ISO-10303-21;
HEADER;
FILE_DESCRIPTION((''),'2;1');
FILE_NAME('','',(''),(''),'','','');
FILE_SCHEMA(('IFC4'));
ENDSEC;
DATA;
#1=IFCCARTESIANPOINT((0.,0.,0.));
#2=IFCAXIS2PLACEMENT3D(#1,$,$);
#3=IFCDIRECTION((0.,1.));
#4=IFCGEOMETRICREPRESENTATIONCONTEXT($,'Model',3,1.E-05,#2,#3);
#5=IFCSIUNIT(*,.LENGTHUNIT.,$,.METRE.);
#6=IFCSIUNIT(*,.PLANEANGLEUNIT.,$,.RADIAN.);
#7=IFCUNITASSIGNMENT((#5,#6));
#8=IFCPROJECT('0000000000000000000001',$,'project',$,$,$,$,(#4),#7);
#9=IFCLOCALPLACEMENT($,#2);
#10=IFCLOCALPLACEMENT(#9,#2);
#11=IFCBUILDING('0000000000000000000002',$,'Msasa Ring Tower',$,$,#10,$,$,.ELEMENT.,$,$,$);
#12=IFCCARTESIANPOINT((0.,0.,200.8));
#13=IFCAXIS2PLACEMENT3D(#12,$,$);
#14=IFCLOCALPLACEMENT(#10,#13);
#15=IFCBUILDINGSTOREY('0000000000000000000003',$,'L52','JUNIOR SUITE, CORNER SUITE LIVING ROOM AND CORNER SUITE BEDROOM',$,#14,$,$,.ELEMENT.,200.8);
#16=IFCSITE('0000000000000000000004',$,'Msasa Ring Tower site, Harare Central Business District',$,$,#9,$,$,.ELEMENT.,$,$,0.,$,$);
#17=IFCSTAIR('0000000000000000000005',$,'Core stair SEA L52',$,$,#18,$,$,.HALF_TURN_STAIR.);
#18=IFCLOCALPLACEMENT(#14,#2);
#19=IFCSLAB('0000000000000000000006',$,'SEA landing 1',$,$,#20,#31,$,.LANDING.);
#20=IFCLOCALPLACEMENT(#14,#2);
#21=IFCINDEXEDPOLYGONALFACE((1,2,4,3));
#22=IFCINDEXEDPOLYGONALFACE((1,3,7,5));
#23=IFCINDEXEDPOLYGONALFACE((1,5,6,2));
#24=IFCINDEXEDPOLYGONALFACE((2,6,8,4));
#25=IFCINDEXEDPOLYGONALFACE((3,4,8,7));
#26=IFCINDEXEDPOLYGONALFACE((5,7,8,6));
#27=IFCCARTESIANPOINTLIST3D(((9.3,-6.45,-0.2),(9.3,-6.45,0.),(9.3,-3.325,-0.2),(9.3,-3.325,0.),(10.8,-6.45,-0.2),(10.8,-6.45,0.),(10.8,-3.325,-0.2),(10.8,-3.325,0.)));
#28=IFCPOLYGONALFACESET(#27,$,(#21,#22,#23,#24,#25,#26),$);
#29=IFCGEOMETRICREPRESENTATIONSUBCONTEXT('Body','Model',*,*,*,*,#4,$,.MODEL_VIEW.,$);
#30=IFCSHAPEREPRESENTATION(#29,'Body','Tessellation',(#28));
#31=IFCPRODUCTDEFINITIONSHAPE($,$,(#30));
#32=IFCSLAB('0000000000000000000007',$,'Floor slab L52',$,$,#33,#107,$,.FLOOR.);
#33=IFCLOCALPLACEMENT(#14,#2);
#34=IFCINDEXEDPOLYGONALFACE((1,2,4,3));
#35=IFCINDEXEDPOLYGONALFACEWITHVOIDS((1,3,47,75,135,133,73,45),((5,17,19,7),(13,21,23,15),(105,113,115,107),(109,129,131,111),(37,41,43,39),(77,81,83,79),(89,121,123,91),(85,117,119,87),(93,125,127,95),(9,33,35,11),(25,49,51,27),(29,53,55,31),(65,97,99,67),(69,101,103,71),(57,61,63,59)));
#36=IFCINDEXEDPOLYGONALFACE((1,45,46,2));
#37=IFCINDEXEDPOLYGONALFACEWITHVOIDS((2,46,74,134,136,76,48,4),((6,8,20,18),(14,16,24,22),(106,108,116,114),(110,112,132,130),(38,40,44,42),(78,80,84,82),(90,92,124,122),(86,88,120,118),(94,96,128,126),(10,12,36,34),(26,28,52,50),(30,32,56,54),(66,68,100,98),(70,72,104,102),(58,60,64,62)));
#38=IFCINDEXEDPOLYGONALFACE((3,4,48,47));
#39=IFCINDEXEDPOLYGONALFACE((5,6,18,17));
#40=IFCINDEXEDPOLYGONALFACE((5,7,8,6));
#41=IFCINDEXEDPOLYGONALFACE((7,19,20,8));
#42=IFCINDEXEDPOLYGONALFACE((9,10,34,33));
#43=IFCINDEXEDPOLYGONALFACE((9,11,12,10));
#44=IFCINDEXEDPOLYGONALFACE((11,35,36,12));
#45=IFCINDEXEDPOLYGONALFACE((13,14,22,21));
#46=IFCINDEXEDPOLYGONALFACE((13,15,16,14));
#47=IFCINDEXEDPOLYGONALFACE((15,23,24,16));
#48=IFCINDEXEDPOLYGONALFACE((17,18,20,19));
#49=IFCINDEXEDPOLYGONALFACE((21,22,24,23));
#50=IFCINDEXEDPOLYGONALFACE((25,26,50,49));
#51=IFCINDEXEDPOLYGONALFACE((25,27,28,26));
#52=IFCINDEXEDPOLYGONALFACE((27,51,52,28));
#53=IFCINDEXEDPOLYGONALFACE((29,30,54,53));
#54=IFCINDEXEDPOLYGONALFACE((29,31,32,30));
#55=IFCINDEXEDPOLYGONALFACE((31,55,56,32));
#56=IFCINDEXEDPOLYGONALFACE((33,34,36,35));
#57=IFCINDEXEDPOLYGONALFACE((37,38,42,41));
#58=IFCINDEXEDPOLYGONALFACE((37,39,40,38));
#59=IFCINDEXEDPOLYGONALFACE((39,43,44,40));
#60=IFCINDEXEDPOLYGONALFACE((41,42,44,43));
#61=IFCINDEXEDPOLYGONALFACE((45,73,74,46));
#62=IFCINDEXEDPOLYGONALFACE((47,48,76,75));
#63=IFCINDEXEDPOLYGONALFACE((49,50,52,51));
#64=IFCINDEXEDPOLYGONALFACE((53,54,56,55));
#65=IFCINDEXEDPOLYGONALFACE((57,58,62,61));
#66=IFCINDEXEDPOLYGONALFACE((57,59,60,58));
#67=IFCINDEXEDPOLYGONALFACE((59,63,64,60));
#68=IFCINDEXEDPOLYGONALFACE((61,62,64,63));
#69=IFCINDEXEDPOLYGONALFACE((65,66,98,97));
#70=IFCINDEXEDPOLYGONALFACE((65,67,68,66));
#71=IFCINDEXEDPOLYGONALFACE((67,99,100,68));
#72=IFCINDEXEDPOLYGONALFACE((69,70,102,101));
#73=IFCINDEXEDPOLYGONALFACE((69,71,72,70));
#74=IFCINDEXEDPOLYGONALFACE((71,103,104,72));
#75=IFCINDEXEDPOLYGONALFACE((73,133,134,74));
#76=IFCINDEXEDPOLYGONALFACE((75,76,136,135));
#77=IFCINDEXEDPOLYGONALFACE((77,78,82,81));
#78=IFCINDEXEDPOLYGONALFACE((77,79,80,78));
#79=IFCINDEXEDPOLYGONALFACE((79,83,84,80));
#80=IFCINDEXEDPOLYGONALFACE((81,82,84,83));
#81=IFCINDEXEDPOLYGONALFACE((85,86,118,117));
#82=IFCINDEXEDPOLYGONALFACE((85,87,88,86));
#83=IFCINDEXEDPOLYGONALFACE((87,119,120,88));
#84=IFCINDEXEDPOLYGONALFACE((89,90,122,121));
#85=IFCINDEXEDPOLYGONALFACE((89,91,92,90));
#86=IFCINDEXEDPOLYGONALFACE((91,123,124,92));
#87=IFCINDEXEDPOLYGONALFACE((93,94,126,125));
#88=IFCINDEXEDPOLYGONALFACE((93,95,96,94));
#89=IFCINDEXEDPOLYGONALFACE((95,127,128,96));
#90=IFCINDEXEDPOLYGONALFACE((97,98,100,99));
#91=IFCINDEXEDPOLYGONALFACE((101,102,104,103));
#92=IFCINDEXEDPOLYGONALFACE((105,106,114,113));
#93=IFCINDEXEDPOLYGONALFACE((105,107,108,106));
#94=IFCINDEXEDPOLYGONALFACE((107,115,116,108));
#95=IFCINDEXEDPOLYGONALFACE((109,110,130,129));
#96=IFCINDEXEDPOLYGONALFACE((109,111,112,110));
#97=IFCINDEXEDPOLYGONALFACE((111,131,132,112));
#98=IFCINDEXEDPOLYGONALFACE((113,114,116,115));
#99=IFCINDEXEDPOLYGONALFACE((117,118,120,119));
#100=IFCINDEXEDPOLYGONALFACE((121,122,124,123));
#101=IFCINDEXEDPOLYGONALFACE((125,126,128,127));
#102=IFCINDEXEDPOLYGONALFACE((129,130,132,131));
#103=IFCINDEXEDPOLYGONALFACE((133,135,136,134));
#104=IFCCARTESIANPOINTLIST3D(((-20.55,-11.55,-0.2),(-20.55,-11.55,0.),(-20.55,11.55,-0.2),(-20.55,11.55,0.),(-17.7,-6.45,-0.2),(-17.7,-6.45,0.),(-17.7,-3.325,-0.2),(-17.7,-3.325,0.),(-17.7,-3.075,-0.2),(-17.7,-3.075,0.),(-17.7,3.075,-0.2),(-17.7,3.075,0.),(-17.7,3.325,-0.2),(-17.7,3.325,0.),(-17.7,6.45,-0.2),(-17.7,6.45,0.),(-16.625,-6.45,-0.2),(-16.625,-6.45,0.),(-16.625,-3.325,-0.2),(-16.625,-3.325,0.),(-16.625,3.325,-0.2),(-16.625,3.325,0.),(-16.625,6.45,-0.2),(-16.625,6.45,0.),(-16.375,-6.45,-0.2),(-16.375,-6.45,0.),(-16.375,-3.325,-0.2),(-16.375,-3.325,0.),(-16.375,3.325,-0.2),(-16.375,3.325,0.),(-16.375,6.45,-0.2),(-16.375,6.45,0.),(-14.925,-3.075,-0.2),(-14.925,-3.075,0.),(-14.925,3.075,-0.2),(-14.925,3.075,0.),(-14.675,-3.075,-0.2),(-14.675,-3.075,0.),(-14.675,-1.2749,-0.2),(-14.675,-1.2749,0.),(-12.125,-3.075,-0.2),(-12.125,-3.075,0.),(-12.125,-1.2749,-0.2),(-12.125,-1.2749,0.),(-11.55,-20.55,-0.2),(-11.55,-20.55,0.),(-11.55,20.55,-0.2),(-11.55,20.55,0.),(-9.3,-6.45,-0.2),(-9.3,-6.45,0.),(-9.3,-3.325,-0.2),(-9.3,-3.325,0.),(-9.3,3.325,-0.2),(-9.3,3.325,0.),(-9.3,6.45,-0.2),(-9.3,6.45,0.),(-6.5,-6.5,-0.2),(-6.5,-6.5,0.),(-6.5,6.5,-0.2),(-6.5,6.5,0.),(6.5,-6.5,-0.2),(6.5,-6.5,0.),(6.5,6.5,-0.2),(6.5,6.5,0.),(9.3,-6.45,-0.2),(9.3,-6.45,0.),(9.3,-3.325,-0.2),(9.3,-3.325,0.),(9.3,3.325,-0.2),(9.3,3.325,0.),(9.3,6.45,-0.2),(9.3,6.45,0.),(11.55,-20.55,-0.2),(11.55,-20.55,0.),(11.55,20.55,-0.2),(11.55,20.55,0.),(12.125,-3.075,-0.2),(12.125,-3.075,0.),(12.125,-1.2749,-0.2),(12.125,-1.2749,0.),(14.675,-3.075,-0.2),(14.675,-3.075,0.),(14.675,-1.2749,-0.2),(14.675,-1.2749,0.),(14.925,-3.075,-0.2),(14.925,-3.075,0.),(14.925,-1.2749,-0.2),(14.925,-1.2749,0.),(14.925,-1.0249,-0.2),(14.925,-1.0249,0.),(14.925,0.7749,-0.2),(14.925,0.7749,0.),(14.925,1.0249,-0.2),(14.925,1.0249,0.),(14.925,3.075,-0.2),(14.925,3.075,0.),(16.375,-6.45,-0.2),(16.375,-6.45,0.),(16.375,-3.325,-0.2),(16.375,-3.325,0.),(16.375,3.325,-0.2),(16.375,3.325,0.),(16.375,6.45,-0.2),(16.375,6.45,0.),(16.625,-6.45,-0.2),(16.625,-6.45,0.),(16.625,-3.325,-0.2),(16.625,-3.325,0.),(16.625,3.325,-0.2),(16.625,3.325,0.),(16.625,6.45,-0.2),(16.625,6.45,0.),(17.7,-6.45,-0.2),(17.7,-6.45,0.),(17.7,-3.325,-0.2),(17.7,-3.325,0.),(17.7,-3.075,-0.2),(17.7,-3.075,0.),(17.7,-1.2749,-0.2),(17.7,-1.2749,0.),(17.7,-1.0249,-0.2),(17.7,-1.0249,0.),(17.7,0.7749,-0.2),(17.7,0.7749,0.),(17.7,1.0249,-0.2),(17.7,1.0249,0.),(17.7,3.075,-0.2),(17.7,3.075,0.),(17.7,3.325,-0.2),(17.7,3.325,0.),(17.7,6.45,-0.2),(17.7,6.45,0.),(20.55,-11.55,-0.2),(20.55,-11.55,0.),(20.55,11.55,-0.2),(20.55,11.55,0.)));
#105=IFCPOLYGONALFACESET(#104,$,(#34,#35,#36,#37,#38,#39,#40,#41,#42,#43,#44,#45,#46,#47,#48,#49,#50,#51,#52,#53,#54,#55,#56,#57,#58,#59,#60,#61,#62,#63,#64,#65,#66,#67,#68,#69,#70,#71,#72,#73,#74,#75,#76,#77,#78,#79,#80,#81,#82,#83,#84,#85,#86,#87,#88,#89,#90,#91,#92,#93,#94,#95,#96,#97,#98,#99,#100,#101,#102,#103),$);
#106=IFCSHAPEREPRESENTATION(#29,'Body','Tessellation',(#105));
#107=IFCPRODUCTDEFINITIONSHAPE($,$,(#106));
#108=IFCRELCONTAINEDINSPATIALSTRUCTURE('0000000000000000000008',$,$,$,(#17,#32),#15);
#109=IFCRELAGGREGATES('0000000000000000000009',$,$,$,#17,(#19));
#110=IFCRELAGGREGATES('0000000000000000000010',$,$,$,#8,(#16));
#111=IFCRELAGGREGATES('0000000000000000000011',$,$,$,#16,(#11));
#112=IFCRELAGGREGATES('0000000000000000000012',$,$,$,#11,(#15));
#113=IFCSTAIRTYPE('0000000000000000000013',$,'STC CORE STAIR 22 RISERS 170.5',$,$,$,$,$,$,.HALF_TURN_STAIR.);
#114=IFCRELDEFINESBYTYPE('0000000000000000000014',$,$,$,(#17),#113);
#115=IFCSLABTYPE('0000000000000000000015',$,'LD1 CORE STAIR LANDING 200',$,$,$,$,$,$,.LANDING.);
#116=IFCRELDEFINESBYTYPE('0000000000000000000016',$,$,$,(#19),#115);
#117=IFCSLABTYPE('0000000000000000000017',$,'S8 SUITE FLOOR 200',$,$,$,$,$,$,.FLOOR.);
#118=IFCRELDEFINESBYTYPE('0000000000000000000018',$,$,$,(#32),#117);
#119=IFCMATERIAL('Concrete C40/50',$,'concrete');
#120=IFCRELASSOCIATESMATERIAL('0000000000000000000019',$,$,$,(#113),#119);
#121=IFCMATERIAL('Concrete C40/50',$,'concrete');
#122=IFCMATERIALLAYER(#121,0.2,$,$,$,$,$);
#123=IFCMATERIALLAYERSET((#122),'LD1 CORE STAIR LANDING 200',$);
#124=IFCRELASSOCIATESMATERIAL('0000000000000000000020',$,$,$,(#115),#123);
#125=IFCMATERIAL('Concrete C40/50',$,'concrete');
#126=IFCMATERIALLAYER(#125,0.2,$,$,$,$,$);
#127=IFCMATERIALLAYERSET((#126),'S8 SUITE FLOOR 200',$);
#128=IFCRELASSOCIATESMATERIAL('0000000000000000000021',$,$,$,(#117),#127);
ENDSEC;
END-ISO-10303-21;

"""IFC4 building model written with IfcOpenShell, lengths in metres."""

from ifc_helpers import new_model, si_unit, direction, frame, origin, place, context, subcontext, project, spatial, polyline, outline, extrude, material, layer, layer_set, type_object, element, aggregate, save


model = new_model("IFC4")

# Units and contexts
model_context = context("Model", 3, precision=1e-05, world=origin(), true_north=direction((0.0, 1.0)))
body_context = subcontext(model_context, "Body", "Model", "MODEL_VIEW")
ifc_project = project(units=[si_unit("LENGTHUNIT", "METRE"), si_unit("PLANEANGLEUNIT", "RADIAN")], contexts=[model_context])

# Site, building, storey
site_placement = place(None, origin())
site = spatial("IfcSite", under=ifc_project, at=site_placement, Name="Msasa Ring Tower site, Harare Central Business District", CompositionType="ELEMENT", RefElevation=0.0)
building_placement = place(site_placement, origin())
building = spatial("IfcBuilding", under=site, at=building_placement, Name="Msasa Ring Tower", CompositionType="ELEMENT")
storey_placement = place(building_placement, frame((0.0, 0.0, 200.8)))
storey = spatial("IfcBuildingStorey", under=building, at=storey_placement, Name="L52", Description="JUNIOR SUITE, CORNER SUITE LIVING ROOM AND CORNER SUITE BEDROOM", CompositionType="ELEMENT", Elevation=200.8)

# Stair, slab
ifc_material_1 = material(Name="Concrete C40/50", Category="concrete")
stair_type = type_object("IfcStairType", Name="STC CORE STAIR 22 RISERS 170.5", PredefinedType="HALF_TURN_STAIR", material=ifc_material_1)
stair_placement = place(storey_placement, origin())
stair = element("IfcStair", 1, at=stair_placement, inside=storey, type_object=stair_type, Name="Core stair SEA L52", PredefinedType="HALF_TURN_STAIR")
ifc_material_2 = material(Name="Concrete C40/50", Category="concrete")
ifc_layer_1 = layer(ifc_material_2, 0.2)
ifc_layer_set_1 = layer_set([ifc_layer_1], Name="LD1 CORE STAIR LANDING 200")
slab_type_1 = type_object("IfcSlabType", Name="LD1 CORE STAIR LANDING 200", PredefinedType="LANDING", material=ifc_layer_set_1)
slab_1_placement = place(storey_placement, frame((0.0, 0.0, -0.2)))
slab_1 = element("IfcSlab", 2, at=slab_1_placement, type_object=slab_type_1, Name="SEA landing 1", PredefinedType="LANDING", context=body_context, shape_type="SweptSolid", body=[
    extrude(outline(polyline([(9.3, -6.45), (10.8, -6.45), (10.8, -3.325), (9.3, -3.325), (9.3, -6.45)])), origin(), (0.0, 0.0, 1.0), 0.2),
])
aggregate(stair, [slab_1])

# Slab
ifc_material_3 = material(Name="Concrete C40/50", Category="concrete")
ifc_layer_2 = layer(ifc_material_3, 0.2)
ifc_layer_set_2 = layer_set([ifc_layer_2], Name="S8 SUITE FLOOR 200")
slab_type_2 = type_object("IfcSlabType", Name="S8 SUITE FLOOR 200", PredefinedType="FLOOR", material=ifc_layer_set_2)
slab_2_placement = place(storey_placement, frame((0.0, 0.0, -0.2)))
element("IfcSlab", 3, at=slab_2_placement, inside=storey, type_object=slab_type_2, Name="Floor slab L52", PredefinedType="FLOOR", context=body_context, shape_type="SweptSolid", body=[
    extrude(outline(polyline([(-11.55, -20.55), (11.55, -20.55), (20.55, -11.55), (20.55, 11.55), (11.55, 20.55), (-11.55, 20.55), (-20.55, 11.55), (-20.55, -11.55), (-11.55, -20.55)]), holes=[polyline([(-6.5, -6.5), (6.5, -6.5), (6.5, 6.5), (-6.5, 6.5), (-6.5, -6.5)]), polyline([(9.3, -6.45), (16.375, -6.45), (16.375, -3.325), (9.3, -3.325), (9.3, -6.45)]), polyline([(9.3, 3.325), (16.375, 3.325), (16.375, 6.45), (9.3, 6.45), (9.3, 3.325)]), polyline([(12.125, -3.075), (14.675, -3.075), (14.675, -1.2749), (12.125, -1.2749), (12.125, -3.075)]), polyline([(16.625, -6.45), (17.7, -6.45), (17.7, -3.325), (16.625, -3.325), (16.625, -6.45)]), polyline([(16.625, 3.325), (17.7, 3.325), (17.7, 6.45), (16.625, 6.45), (16.625, 3.325)]), polyline([(14.925, -3.075), (17.7, -3.075), (17.7, -1.2749), (14.925, -1.2749), (14.925, -3.075)]), polyline([(14.925, -1.0249), (17.7, -1.0249), (17.7, 0.7749), (14.925, 0.7749), (14.925, -1.0249)]), polyline([(14.925, 1.0249), (17.7, 1.0249), (17.7, 3.075), (14.925, 3.075), (14.925, 1.0249)]), polyline([(-16.375, -6.45), (-9.3, -6.45), (-9.3, -3.325), (-16.375, -3.325), (-16.375, -6.45)]), polyline([(-16.375, 3.325), (-9.3, 3.325), (-9.3, 6.45), (-16.375, 6.45), (-16.375, 3.325)]), polyline([(-14.675, -3.075), (-12.125, -3.075), (-12.125, -1.2749), (-14.675, -1.2749), (-14.675, -3.075)]), polyline([(-17.7, -6.45), (-16.625, -6.45), (-16.625, -3.325), (-17.7, -3.325), (-17.7, -6.45)]), polyline([(-17.7, 3.325), (-16.625, 3.325), (-16.625, 6.45), (-17.7, 6.45), (-17.7, 3.325)]), polyline([(-17.7, -3.075), (-14.925, -3.075), (-14.925, 3.075), (-17.7, 3.075), (-17.7, -3.075)])]), origin(), (0.0, 0.0, 1.0), 0.2),
])

save(model, "model.ifc")
